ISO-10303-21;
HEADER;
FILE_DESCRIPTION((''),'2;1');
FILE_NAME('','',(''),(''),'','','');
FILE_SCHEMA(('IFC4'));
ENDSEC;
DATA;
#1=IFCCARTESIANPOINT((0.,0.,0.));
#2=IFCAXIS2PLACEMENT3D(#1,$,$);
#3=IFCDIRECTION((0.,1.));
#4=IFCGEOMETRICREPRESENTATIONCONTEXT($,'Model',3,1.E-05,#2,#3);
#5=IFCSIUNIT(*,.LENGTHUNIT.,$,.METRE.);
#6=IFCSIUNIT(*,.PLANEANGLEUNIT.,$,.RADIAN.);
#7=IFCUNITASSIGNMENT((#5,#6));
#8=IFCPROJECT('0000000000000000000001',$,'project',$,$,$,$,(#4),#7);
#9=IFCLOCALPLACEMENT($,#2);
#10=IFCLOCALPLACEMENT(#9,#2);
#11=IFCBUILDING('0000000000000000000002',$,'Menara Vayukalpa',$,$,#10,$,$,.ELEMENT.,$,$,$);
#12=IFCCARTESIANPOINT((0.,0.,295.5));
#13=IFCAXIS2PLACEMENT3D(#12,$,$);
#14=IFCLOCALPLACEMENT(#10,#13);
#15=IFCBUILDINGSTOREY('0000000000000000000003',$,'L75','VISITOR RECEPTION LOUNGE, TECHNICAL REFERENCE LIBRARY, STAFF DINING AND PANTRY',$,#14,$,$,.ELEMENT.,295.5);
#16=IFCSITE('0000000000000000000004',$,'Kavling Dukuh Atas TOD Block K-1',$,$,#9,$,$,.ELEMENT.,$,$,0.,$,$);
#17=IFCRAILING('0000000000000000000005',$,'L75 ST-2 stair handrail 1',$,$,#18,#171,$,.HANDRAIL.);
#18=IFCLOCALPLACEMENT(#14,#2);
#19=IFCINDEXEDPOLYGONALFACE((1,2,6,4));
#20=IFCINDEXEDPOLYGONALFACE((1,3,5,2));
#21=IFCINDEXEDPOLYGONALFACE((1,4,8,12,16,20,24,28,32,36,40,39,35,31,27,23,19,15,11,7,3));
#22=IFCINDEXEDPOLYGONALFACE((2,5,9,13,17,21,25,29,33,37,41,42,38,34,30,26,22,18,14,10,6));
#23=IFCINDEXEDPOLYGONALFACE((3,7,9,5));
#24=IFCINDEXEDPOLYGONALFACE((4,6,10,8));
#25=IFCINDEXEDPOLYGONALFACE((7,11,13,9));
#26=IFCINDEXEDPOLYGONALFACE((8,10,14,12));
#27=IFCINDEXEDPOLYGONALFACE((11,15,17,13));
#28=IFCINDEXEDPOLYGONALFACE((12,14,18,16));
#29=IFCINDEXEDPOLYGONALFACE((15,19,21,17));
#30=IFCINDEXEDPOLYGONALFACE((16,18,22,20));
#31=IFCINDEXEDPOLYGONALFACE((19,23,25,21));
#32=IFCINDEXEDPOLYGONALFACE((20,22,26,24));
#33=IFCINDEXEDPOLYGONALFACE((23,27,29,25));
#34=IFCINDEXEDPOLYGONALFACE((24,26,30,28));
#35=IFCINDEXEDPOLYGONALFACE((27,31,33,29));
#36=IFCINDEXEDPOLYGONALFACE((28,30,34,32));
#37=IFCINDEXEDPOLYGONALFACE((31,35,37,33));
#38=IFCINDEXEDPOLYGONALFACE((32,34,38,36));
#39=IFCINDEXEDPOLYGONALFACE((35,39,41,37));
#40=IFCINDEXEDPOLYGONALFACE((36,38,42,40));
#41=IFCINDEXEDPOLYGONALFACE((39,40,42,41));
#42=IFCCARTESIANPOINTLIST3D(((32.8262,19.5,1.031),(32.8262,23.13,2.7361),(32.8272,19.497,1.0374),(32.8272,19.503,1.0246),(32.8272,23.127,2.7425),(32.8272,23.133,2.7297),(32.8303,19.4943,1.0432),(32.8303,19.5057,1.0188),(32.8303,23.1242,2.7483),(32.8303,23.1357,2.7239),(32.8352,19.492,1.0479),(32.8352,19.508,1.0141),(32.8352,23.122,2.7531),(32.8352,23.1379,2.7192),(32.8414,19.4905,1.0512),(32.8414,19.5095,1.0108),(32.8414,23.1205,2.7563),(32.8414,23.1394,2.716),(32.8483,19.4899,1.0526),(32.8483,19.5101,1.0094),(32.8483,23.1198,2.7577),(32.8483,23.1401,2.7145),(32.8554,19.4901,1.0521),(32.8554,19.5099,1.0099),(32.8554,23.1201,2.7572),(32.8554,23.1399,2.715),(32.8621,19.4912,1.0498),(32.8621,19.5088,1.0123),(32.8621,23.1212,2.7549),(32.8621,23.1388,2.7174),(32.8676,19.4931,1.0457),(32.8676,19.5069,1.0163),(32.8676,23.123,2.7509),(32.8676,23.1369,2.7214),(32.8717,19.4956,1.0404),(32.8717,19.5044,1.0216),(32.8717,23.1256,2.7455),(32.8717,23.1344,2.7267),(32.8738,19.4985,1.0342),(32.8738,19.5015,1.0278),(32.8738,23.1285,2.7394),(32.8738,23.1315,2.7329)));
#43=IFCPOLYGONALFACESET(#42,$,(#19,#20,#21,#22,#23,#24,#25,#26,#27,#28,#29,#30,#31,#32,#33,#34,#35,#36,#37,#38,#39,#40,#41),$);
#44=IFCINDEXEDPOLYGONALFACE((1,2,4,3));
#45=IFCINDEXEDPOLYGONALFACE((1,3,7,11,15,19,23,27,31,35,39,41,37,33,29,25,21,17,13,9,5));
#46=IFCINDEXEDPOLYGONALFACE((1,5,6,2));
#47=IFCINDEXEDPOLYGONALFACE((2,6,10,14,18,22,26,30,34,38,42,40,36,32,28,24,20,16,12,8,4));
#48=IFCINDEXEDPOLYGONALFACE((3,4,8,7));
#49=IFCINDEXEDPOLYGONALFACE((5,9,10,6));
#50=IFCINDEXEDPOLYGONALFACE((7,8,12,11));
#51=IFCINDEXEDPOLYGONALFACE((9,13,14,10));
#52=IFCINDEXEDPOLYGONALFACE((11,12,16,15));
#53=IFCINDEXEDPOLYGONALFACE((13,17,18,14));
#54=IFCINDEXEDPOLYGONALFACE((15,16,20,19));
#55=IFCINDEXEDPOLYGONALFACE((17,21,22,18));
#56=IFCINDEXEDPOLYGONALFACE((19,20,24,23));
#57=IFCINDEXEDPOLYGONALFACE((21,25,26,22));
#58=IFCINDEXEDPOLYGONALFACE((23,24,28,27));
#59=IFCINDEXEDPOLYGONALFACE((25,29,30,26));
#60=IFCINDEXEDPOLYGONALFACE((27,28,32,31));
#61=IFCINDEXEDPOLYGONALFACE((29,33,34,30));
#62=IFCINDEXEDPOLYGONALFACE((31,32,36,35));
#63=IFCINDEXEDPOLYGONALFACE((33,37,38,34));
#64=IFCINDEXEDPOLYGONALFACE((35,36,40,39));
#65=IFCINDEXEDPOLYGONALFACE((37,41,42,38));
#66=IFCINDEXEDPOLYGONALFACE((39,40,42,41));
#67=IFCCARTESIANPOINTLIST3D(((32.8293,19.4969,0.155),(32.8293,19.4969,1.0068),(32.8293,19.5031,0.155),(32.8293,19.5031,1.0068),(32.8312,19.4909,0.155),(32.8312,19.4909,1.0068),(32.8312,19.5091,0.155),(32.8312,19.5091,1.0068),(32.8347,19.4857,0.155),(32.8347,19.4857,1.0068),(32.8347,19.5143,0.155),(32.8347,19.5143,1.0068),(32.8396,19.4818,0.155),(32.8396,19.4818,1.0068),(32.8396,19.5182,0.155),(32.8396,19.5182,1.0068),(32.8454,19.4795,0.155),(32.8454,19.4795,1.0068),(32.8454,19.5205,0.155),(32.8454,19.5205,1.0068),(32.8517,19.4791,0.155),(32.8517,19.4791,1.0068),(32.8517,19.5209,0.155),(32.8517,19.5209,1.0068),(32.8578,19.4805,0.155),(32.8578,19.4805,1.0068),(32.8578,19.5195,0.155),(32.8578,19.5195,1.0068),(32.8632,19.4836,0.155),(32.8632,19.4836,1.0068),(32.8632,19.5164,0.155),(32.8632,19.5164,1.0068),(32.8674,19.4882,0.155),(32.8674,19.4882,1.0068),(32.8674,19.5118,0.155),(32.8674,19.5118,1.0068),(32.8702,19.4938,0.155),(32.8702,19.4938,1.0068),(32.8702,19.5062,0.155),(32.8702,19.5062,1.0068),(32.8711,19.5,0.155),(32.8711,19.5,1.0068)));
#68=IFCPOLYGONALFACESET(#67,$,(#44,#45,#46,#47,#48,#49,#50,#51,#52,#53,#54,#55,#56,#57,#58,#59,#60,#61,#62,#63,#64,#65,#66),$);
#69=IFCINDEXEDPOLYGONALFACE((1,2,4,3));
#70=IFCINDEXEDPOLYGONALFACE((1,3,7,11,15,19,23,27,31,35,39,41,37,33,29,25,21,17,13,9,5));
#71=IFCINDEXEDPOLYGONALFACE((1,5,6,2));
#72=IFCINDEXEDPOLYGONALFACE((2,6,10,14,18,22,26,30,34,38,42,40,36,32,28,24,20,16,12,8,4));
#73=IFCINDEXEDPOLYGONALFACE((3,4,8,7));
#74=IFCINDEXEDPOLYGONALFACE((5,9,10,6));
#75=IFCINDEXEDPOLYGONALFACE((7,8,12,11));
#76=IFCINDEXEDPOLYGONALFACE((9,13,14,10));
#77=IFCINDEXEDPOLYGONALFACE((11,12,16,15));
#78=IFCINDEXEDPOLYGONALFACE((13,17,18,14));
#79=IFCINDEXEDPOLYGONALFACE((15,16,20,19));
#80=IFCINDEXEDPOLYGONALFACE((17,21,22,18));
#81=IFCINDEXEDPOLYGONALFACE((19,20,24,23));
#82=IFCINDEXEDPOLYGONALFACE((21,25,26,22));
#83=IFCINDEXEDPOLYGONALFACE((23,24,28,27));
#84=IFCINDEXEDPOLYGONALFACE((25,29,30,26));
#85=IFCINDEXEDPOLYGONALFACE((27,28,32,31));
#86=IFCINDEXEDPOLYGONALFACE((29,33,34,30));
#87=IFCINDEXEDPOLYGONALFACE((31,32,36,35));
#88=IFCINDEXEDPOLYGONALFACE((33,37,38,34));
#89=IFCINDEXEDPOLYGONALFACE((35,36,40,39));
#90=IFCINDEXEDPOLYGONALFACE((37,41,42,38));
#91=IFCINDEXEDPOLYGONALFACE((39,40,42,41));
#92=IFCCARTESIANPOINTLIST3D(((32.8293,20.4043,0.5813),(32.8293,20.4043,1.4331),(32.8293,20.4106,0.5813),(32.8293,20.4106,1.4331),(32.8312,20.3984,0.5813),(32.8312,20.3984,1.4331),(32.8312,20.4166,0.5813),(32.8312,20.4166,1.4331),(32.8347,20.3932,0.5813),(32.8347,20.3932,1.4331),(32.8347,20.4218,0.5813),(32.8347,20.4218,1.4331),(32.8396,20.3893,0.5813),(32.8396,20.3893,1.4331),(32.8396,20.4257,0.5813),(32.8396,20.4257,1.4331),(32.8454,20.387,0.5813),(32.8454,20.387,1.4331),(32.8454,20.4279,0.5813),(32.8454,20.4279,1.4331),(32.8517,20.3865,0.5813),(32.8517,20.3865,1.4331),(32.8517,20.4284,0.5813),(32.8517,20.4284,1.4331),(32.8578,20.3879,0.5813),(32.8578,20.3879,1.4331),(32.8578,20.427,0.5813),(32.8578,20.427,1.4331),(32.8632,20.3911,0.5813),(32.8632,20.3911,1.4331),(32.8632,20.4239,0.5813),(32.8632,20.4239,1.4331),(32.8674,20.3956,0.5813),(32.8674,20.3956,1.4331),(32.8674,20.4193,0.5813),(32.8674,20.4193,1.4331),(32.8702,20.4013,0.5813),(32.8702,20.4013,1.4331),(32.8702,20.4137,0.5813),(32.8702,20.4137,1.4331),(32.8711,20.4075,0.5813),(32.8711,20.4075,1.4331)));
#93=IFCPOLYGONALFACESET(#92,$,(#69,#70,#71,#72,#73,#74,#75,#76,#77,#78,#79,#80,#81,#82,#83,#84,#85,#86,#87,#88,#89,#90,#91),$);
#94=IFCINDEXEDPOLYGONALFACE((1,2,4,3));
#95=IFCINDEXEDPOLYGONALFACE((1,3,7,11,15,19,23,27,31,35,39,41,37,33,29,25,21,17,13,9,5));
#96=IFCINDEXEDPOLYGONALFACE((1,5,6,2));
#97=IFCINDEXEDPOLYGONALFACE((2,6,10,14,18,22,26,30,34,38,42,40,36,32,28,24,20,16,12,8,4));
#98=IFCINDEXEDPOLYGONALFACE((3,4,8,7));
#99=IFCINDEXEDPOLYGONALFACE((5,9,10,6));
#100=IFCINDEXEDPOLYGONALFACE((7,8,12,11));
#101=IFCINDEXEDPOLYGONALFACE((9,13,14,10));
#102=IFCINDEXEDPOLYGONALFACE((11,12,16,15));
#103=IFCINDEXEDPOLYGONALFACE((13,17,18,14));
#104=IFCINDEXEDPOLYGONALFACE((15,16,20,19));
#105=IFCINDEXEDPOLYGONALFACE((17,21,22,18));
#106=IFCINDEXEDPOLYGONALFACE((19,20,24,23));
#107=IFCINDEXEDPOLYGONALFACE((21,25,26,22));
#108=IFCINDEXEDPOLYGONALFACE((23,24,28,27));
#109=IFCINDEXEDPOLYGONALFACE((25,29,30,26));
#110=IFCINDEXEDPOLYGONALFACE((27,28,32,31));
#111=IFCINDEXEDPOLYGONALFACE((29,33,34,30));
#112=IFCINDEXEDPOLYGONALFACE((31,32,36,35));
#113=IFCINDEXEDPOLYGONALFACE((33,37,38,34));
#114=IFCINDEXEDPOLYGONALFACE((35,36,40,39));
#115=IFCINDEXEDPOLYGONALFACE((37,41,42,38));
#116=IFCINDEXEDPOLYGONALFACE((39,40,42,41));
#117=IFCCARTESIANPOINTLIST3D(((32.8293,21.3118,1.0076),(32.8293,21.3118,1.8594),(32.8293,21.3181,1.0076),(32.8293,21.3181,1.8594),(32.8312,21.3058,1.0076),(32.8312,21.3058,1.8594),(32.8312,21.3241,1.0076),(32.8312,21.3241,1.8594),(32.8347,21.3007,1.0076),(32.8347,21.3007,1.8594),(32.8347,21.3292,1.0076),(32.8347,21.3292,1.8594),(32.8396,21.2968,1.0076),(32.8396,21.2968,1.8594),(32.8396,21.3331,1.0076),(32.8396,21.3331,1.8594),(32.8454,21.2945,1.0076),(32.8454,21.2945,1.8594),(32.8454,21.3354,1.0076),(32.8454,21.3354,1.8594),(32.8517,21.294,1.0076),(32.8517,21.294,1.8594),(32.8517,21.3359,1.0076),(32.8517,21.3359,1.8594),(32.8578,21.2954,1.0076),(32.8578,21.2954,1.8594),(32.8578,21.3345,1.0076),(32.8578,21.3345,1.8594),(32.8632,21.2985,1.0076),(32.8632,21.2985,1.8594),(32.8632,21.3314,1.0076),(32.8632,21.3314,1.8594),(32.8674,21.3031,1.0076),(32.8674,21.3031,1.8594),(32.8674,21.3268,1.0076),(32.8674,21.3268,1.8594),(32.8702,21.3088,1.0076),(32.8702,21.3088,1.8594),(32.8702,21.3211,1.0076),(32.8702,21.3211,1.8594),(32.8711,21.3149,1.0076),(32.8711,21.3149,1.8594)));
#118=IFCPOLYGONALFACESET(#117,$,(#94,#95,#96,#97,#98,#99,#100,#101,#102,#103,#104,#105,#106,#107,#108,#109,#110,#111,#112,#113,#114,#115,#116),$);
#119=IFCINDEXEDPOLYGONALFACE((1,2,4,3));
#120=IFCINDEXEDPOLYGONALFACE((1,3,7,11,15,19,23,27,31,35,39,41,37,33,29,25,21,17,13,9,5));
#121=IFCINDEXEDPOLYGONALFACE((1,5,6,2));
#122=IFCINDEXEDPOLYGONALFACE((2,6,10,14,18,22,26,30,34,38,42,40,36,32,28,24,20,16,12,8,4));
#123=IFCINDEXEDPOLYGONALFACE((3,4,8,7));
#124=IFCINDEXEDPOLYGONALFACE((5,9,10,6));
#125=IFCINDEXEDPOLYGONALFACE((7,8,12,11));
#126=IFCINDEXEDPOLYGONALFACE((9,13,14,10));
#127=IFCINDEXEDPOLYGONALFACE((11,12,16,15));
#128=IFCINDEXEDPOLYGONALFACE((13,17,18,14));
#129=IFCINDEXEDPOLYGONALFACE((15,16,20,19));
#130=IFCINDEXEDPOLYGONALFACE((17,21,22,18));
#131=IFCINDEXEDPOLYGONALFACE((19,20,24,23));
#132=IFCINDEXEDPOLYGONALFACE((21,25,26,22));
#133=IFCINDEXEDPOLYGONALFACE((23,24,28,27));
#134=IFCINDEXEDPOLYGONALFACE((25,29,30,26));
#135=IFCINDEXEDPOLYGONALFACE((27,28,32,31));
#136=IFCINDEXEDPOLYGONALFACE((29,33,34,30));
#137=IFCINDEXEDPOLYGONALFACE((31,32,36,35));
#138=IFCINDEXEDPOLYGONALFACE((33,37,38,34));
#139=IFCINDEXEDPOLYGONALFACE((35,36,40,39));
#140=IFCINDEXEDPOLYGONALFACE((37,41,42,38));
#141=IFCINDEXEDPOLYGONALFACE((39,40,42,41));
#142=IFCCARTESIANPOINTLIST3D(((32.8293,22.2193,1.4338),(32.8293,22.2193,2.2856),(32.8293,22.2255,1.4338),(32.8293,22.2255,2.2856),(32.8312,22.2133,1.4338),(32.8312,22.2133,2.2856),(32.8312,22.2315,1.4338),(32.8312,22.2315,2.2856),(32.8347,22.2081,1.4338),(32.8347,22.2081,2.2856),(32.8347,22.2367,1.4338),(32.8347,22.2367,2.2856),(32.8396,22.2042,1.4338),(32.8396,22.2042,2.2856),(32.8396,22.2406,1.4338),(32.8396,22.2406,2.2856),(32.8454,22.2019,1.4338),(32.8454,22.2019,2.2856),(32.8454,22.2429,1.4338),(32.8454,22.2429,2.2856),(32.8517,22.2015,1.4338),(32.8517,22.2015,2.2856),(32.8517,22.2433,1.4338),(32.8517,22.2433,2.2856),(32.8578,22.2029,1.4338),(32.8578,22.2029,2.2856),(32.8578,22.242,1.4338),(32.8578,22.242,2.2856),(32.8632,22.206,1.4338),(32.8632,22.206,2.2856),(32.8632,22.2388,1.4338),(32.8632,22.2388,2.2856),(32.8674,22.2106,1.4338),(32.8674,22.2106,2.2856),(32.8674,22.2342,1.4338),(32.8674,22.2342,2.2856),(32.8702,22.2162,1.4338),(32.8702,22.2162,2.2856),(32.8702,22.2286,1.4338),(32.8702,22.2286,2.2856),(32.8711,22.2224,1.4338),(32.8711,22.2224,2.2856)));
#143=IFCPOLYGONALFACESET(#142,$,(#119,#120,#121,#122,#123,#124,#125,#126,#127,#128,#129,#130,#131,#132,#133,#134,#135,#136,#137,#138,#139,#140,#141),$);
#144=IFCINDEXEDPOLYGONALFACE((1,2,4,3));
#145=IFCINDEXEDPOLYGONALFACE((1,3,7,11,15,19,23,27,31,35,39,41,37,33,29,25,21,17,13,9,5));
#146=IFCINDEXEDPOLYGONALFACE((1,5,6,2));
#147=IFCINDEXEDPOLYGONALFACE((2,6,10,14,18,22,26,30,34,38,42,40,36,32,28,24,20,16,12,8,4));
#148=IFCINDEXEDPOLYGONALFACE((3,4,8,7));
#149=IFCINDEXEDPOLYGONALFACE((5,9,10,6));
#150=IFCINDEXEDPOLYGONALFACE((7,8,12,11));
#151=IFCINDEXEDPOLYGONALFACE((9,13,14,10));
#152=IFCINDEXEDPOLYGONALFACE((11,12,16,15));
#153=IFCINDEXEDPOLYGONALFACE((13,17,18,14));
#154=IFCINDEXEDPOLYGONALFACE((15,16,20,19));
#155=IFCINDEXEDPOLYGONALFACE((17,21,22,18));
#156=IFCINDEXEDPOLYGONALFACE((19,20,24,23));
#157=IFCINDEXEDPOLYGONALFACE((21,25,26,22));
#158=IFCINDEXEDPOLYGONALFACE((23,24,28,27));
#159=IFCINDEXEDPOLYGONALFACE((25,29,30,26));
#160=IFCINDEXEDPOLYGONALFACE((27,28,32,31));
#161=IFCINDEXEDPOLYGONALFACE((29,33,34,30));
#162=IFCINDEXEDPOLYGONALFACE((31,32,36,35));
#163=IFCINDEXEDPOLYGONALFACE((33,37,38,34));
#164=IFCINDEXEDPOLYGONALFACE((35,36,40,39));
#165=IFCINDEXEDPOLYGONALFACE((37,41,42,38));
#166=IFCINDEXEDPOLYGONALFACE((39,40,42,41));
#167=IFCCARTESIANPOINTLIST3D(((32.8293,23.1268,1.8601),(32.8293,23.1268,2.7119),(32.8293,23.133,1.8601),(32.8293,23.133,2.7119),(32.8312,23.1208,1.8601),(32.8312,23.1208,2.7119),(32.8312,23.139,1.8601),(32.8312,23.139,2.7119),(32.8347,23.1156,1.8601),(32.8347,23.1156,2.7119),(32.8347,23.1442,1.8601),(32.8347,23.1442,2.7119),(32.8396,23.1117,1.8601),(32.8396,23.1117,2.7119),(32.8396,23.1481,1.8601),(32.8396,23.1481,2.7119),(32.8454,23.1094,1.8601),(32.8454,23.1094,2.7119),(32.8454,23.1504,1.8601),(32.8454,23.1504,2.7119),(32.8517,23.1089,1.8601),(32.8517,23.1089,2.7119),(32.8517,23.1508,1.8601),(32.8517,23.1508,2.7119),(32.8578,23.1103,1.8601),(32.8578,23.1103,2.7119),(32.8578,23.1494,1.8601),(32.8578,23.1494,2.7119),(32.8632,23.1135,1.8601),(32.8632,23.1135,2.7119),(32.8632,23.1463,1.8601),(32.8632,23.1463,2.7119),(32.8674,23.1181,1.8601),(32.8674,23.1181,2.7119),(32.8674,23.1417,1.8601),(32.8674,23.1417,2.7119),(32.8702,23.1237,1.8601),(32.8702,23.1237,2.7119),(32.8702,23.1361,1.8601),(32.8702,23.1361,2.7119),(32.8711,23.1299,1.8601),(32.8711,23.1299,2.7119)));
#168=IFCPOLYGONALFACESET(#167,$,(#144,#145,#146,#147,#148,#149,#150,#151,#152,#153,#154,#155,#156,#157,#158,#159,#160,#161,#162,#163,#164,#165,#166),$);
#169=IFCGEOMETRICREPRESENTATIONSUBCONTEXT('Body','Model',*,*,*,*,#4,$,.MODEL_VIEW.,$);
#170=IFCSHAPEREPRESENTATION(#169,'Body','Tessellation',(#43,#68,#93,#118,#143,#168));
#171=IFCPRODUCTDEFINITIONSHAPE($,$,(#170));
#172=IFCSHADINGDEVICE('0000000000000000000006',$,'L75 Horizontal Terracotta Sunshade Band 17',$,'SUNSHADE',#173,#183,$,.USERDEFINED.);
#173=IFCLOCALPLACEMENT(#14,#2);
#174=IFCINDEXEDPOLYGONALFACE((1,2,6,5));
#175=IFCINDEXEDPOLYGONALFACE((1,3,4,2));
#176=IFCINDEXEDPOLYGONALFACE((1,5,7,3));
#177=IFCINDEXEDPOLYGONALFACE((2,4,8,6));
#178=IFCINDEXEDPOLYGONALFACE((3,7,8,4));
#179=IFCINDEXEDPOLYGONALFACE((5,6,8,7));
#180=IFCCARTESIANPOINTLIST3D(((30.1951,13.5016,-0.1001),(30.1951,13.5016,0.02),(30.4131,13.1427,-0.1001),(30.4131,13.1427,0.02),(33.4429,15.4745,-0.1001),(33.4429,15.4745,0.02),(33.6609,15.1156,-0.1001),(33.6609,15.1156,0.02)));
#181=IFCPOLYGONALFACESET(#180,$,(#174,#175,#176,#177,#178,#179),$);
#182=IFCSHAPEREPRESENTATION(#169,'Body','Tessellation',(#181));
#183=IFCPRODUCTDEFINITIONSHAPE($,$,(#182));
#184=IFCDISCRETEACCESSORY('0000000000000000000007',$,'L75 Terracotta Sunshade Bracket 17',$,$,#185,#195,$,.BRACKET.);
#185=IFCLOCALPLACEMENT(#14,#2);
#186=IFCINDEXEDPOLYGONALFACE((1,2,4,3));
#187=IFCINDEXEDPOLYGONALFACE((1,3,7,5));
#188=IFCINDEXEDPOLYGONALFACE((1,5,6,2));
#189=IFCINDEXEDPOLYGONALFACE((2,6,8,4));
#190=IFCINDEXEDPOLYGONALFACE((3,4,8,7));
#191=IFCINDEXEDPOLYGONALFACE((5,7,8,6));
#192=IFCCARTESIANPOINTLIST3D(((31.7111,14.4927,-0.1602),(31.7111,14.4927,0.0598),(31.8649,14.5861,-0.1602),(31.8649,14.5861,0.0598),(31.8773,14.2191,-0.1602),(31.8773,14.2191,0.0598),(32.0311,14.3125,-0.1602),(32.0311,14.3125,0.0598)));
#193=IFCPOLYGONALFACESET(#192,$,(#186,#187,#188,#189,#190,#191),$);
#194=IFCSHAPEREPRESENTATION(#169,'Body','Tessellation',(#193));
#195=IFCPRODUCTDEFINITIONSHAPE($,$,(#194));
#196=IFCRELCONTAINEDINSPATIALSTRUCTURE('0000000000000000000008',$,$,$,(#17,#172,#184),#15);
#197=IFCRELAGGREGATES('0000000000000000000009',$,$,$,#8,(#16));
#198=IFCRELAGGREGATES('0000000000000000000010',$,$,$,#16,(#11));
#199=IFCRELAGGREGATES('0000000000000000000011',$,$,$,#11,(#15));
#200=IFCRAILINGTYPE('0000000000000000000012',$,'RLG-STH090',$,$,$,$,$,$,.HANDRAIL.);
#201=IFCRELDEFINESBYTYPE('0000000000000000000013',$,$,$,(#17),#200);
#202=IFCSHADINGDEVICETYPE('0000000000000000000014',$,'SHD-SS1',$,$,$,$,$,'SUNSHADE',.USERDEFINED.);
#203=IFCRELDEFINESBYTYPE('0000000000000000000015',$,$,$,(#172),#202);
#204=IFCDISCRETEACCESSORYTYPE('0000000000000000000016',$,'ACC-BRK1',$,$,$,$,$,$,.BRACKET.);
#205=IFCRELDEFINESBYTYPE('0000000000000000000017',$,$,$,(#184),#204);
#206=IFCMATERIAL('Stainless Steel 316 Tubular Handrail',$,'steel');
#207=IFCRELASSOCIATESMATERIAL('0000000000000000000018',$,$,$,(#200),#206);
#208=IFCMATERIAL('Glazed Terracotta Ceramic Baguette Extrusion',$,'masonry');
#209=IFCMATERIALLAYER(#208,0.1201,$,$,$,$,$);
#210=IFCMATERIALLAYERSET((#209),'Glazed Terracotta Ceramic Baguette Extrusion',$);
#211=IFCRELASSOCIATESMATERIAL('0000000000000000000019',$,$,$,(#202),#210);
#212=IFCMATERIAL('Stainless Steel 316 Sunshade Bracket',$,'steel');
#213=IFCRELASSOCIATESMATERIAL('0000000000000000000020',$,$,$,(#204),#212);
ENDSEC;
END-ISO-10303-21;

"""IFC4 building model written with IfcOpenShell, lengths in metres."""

from ifc_helpers import new_model, si_unit, direction, frame, origin, origin_2d, place, context, subcontext, project, spatial, rectangle, circle, extrude, material, layer, layer_set, type_object, element, save


model = new_model("IFC4")

# Units and contexts
model_context = context("Model", 3, precision=1e-05, world=origin(), true_north=direction((0.0, 1.0)))
body_context = subcontext(model_context, "Body", "Model", "MODEL_VIEW")
ifc_project = project(units=[si_unit("LENGTHUNIT", "METRE"), si_unit("PLANEANGLEUNIT", "RADIAN")], contexts=[model_context])

# Site, building, storey
site_placement = place(None, origin())
site = spatial("IfcSite", under=ifc_project, at=site_placement, Name="Kavling Dukuh Atas TOD Block K-1", CompositionType="ELEMENT", RefElevation=0.0)
building_placement = place(site_placement, origin())
building = spatial("IfcBuilding", under=site, at=building_placement, Name="Menara Vayukalpa", CompositionType="ELEMENT")
storey_placement = place(building_placement, frame((0.0, 0.0, 295.5)))
storey = spatial("IfcBuildingStorey", under=building, at=storey_placement, Name="L75", Description="VISITOR RECEPTION LOUNGE, TECHNICAL REFERENCE LIBRARY, STAFF DINING AND PANTRY", CompositionType="ELEMENT", Elevation=295.5)

# Railing
ifc_material_1 = material(Name="Stainless Steel 316 Tubular Handrail", Category="steel")
railing_type_1 = type_object("IfcRailingType", Name="RLG-STH090", PredefinedType="HANDRAIL", material=ifc_material_1)
railing_1_placement = place(storey_placement, frame((32.8501, 19.5, 0.155)))
element("IfcRailing", 1, at=railing_1_placement, inside=storey, type_object=railing_type_1, Name="L75 ST-2 stair handrail 1", PredefinedType="HANDRAIL", context=body_context, shape_type="SweptSolid", body=[
    extrude(circle(Radius=0.0239, at=origin_2d()), frame((0.0, 0.0, 0.876), z_axis=(0.0, 0.905116, 0.425164), x_axis=(-1.0, 0.0, 0.0)), (0.0, 0.0, 1.0), 4.0105),
    extrude(circle(Radius=0.021, at=origin_2d()), origin(), (0.0, 0.0, 1.0), 0.8518),
    extrude(circle(Radius=0.021, at=origin_2d()), frame((0.0, 0.9075, 0.4263)), (0.0, 0.0, 1.0), 0.8518),
    extrude(circle(Radius=0.021, at=origin_2d()), frame((0.0, 1.8149, 0.8525)), (0.0, 0.0, 1.0), 0.8518),
    extrude(circle(Radius=0.021, at=origin_2d()), frame((0.0, 2.7224, 1.2788)), (0.0, 0.0, 1.0), 0.8518),
    extrude(circle(Radius=0.021, at=origin_2d()), frame((0.0, 3.6299, 1.7051)), (0.0, 0.0, 1.0), 0.8518),
])

# Shading device
ifc_material_2 = material(Name="Glazed Terracotta Ceramic Baguette Extrusion", Category="masonry")
ifc_layer_1 = layer(ifc_material_2, 0.1201)
ifc_layer_set_1 = layer_set([ifc_layer_1], Name="Glazed Terracotta Ceramic Baguette Extrusion")
shading_device_type = type_object("IfcShadingDeviceType", Name="SHD-SS1", ElementType="SUNSHADE", PredefinedType="USERDEFINED", material=ifc_layer_set_1)
shading_device_placement = place(storey_placement, frame((31.928, 14.3086, -0.1001), z_axis=(0.0, 0.0, 1.0), x_axis=(0.854667, 0.519176, 0.0)))
element("IfcShadingDevice", 2, at=shading_device_placement, inside=storey, type_object=shading_device_type, Name="L75 Horizontal Terracotta Sunshade Band 17", ObjectType="SUNSHADE", PredefinedType="USERDEFINED", context=body_context, shape_type="SweptSolid", body=[
    extrude(rectangle(XDim=3.8, YDim=0.4199, at=origin_2d()), origin(), (0.0, 0.0, 1.0), 0.1201),
])

# Discrete accessory
ifc_material_3 = material(Name="Stainless Steel 316 Sunshade Bracket", Category="steel")
discrete_accessory_type = type_object("IfcDiscreteAccessoryType", Name="ACC-BRK1", PredefinedType="BRACKET", material=ifc_material_3)
discrete_accessory_placement = place(storey_placement, frame((31.8711, 14.4026, -0.1602), z_axis=(0.0, 0.0, 1.0), x_axis=(0.854667, 0.519176, 0.0)))
element("IfcDiscreteAccessory", 3, at=discrete_accessory_placement, inside=storey, type_object=discrete_accessory_type, Name="L75 Terracotta Sunshade Bracket 17", PredefinedType="BRACKET", context=body_context, shape_type="SweptSolid", body=[
    extrude(rectangle(XDim=0.1799, YDim=0.3201, at=origin_2d()), origin(), (0.0, 0.0, 1.0), 0.22),
])

save(model, "model.ifc")
